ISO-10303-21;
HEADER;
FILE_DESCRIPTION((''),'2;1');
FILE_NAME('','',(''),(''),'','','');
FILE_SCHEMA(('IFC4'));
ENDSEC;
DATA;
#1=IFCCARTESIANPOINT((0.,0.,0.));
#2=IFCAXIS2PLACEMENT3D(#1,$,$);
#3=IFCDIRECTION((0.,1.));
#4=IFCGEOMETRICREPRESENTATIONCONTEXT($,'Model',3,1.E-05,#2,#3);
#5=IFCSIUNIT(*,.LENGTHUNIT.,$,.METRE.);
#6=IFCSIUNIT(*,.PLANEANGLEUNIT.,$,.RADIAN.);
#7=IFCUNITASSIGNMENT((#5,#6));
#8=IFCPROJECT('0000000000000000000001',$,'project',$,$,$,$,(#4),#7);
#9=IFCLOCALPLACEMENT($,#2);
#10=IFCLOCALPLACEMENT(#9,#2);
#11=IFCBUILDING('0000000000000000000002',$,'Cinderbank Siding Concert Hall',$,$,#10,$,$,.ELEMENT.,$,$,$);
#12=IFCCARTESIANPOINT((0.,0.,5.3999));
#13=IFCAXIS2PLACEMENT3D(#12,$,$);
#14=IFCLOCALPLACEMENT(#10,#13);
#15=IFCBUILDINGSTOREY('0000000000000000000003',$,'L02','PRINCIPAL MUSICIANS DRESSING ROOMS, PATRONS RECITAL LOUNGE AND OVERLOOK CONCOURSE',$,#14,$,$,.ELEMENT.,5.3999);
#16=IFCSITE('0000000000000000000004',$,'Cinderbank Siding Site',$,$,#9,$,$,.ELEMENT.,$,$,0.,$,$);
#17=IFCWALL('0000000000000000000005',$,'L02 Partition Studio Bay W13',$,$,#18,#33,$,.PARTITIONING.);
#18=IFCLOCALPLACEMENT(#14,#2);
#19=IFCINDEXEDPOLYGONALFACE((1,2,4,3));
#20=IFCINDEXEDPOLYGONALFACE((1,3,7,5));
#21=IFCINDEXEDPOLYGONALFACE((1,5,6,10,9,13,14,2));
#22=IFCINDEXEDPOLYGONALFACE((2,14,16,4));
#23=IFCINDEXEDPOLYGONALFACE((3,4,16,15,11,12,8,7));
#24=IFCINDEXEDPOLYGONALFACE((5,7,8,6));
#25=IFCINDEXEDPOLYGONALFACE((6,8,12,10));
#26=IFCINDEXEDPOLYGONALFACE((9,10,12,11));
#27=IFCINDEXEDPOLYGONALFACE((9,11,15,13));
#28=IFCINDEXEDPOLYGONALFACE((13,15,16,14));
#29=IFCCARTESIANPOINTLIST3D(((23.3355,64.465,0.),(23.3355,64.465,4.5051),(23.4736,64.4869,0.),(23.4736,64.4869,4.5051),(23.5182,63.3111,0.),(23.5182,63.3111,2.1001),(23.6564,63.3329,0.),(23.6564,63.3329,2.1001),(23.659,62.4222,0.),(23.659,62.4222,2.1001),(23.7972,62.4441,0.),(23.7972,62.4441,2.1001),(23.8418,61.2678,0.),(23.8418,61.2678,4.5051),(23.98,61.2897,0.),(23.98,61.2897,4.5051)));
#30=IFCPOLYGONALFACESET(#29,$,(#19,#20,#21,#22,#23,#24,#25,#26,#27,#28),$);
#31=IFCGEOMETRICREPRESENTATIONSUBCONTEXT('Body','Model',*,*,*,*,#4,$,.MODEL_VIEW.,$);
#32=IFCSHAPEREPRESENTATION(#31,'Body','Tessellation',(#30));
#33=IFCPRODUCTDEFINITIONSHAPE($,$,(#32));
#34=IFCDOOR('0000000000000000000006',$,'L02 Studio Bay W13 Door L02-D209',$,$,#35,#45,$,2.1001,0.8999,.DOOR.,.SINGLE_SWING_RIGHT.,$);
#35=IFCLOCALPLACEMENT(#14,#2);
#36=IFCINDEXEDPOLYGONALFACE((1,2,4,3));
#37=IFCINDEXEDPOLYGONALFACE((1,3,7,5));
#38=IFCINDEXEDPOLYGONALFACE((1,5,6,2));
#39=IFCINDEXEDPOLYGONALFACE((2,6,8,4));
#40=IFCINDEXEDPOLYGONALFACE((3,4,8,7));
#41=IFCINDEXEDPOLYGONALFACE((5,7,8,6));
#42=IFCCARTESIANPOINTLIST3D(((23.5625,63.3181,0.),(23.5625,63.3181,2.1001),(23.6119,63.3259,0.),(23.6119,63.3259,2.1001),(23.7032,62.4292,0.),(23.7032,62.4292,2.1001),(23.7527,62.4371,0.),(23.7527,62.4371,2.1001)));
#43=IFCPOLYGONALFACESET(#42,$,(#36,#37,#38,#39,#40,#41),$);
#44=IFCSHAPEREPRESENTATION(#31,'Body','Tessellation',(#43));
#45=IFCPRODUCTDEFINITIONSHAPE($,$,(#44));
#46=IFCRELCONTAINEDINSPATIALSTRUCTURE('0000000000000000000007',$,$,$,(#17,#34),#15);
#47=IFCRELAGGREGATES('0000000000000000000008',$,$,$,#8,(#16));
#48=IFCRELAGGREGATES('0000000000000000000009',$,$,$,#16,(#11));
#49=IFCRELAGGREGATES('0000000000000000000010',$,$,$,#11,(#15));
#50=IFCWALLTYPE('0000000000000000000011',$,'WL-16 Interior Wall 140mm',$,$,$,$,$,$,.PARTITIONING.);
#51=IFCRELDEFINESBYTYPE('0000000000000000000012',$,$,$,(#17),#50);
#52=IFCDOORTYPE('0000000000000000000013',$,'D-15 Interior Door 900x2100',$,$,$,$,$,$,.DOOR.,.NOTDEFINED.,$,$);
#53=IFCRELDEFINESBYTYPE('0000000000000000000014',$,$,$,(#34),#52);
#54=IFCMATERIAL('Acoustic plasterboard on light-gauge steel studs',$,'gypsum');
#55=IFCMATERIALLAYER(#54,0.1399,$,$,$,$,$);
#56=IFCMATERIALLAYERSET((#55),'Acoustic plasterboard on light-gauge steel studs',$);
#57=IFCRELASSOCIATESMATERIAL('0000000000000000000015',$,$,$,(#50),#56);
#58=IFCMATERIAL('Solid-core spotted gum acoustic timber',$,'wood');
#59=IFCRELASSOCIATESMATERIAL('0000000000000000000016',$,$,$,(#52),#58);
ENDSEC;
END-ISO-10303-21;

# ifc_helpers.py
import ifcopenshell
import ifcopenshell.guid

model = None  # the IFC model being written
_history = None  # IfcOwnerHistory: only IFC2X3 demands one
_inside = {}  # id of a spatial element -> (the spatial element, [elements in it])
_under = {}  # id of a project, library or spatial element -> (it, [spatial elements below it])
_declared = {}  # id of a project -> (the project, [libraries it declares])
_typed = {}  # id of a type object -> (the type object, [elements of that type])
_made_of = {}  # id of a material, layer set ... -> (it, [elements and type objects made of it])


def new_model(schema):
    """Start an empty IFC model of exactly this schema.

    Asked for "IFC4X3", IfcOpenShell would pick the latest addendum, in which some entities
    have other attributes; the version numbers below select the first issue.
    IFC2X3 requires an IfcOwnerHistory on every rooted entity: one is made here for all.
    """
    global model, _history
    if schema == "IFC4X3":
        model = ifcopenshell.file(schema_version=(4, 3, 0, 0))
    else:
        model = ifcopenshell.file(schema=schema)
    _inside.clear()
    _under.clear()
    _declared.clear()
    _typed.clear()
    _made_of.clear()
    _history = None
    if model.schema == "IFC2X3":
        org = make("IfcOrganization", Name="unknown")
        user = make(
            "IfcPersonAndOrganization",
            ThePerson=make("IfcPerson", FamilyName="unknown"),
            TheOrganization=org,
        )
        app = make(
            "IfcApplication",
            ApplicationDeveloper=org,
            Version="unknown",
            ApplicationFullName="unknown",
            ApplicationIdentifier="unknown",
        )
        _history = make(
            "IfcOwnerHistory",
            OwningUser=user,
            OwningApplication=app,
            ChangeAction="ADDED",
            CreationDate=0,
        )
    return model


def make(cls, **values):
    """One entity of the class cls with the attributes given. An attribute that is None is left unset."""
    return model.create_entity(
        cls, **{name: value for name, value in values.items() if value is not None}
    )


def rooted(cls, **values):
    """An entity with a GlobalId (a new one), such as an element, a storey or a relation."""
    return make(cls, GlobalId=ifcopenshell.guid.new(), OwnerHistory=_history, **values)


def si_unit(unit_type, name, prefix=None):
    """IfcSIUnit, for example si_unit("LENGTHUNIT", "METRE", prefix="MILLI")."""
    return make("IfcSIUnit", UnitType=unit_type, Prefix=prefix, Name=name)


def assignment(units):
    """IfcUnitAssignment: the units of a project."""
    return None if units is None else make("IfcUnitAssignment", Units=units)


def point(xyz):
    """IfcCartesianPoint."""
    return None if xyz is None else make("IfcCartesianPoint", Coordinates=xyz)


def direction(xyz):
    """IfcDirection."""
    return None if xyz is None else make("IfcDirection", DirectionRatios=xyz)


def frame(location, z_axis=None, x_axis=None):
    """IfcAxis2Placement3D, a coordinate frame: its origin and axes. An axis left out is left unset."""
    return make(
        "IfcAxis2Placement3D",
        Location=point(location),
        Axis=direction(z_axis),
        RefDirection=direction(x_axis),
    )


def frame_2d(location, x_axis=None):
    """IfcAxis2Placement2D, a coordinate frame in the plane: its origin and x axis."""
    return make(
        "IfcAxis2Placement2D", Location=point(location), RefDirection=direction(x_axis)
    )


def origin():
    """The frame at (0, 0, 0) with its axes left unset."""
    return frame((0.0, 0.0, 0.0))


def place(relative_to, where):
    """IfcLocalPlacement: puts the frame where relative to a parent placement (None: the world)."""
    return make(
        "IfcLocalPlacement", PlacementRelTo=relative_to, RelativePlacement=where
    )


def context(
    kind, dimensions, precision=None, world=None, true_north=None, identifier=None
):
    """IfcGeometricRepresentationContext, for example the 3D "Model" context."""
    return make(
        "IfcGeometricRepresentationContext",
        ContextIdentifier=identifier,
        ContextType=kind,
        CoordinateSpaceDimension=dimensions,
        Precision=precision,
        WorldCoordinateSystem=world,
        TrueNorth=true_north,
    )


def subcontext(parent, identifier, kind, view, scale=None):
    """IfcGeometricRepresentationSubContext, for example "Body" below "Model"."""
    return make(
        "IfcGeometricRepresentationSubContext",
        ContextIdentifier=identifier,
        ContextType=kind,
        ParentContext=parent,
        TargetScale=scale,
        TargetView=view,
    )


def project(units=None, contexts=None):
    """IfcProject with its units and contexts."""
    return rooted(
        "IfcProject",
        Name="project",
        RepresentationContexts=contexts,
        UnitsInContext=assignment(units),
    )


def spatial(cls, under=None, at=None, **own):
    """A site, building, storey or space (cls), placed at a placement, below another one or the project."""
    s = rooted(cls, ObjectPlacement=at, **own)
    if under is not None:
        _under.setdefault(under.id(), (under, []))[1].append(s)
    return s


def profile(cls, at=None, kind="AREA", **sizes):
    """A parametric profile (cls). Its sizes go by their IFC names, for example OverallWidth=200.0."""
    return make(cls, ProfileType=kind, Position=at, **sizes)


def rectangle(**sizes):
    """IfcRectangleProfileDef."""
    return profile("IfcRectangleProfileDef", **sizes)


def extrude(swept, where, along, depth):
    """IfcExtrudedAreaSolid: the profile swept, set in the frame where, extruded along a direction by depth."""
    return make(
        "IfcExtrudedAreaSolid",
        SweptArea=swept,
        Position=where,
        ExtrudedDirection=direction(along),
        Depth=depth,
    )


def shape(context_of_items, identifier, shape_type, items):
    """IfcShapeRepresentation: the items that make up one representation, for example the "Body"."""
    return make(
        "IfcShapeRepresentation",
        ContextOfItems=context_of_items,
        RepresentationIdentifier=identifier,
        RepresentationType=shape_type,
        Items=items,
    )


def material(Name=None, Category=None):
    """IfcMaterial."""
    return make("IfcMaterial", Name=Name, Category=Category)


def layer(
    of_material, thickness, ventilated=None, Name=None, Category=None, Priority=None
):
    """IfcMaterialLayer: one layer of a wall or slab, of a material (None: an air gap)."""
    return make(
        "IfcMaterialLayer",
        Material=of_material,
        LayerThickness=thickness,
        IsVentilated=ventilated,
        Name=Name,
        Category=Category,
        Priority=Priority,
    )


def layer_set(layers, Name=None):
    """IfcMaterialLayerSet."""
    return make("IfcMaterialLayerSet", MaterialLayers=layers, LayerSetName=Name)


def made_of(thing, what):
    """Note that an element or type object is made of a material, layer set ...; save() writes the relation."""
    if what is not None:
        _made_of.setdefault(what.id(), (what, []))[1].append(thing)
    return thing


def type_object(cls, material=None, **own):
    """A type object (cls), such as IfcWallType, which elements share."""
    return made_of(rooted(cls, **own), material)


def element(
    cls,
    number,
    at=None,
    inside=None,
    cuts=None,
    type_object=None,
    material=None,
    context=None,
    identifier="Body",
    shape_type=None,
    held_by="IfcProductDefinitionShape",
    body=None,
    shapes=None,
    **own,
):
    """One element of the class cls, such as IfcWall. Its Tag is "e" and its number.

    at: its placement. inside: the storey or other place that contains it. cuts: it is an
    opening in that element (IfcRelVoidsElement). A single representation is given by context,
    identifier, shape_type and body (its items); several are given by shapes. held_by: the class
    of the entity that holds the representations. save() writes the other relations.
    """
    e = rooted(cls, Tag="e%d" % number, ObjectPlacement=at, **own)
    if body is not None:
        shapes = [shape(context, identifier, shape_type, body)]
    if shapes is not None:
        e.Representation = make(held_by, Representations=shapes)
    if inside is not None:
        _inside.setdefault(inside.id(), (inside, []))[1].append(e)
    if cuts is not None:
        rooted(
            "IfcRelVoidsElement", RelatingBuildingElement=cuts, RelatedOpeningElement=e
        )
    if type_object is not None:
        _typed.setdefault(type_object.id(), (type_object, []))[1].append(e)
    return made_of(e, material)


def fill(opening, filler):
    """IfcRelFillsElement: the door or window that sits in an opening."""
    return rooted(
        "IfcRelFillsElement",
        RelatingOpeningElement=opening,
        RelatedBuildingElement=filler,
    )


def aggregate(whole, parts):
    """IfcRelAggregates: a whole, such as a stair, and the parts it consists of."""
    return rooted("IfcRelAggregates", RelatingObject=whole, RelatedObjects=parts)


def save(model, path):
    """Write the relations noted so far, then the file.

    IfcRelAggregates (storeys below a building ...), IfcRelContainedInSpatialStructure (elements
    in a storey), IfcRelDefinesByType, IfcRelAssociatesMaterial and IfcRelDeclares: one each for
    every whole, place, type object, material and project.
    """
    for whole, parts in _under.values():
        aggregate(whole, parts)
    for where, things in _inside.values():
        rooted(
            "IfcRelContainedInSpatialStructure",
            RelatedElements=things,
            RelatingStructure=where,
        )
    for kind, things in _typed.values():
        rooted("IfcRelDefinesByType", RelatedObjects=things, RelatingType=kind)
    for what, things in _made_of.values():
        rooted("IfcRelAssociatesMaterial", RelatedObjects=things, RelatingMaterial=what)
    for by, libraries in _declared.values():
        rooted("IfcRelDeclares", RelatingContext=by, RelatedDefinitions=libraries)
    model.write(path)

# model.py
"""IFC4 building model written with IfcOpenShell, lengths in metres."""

from ifc_helpers import new_model, si_unit, direction, frame, frame_2d, origin, place, context, subcontext, project, spatial, rectangle, extrude, material, layer, layer_set, type_object, element, fill, save


model = new_model("IFC4")

# Units and contexts
model_context = context("Model", 3, precision=1e-05, world=origin(), true_north=direction((0.0, 1.0)))
body_context = subcontext(model_context, "Body", "Model", "MODEL_VIEW")
ifc_project = project(units=[si_unit("LENGTHUNIT", "METRE"), si_unit("PLANEANGLEUNIT", "RADIAN")], contexts=[model_context])

# Site, building, storey
site_placement = place(None, origin())
site = spatial("IfcSite", under=ifc_project, at=site_placement, Name="Cinderbank Siding Site", CompositionType="ELEMENT", RefElevation=0.0)
building_placement = place(site_placement, origin())
building = spatial("IfcBuilding", under=site, at=building_placement, Name="Cinderbank Siding Concert Hall", CompositionType="ELEMENT")
storey_placement = place(building_placement, frame((0.0, 0.0, 5.3999)))
storey = spatial("IfcBuildingStorey", under=building, at=storey_placement, Name="L02", Description="PRINCIPAL MUSICIANS DRESSING ROOMS, PATRONS RECITAL LOUNGE AND OVERLOOK CONCOURSE", CompositionType="ELEMENT", Elevation=5.3999)

# Shared definitions
ifc_material_1 = material(Name="Acoustic plasterboard on light-gauge steel studs", Category="gypsum")

# Wall, opening, door
ifc_material_2 = material(Name="Solid-core spotted gum acoustic timber", Category="wood")
ifc_layer_1 = layer(ifc_material_1, 0.1399)
ifc_layer_set_1 = layer_set([ifc_layer_1], Name="Acoustic plasterboard on light-gauge steel studs")
wall_type_1 = type_object("IfcWallType", Name="WL-16 Interior Wall 140mm", PredefinedType="PARTITIONING", material=ifc_layer_set_1)
wall_1_placement = place(storey_placement, frame((23.4045, 64.4761, 0.0), z_axis=(0.0, 0.0, 1.0), x_axis=(0.15642, -0.987691, 0.0)))
wall_1 = element("IfcWall", 1, at=wall_1_placement, inside=storey, type_object=wall_type_1, Name="L02 Partition Studio Bay W13", PredefinedType="PARTITIONING", context=body_context, shape_type="SweptSolid", body=[
    extrude(rectangle(XDim=3.2371, YDim=0.1399, at=frame_2d((1.6187, 0.0))), origin(), (0.0, 0.0, 1.0), 4.5051),
])
opening_1_placement = place(wall_1_placement, frame((1.1685, 0.0, 0.0)))
opening_1 = element("IfcOpeningElement", 2, at=opening_1_placement, cuts=wall_1, PredefinedType="OPENING", context=body_context, shape_type="SweptSolid", body=[
    extrude(rectangle(XDim=0.8999, YDim=2.1001, at=frame_2d((0.45, 1.05))), frame((0.0, 0.082, 0.0), z_axis=(0.0, -1.0, 0.0), x_axis=(1.0, 0.0, 0.0)), (0.0, 0.0, 1.0), 0.1638),
])
door_type_1 = type_object("IfcDoorType", Name="D-15 Interior Door 900x2100", OperationType="NOTDEFINED", PredefinedType="DOOR", material=ifc_material_2)
door_1_placement = place(opening_1_placement, origin())
door_1 = element("IfcDoor", 3, at=door_1_placement, inside=storey, type_object=door_type_1, Name="L02 Studio Bay W13 Door L02-D209", OperationType="SINGLE_SWING_RIGHT", OverallHeight=2.1001, OverallWidth=0.8999, PredefinedType="DOOR", context=body_context, shape_type="SweptSolid", body=[
    extrude(rectangle(XDim=0.8999, YDim=2.1001, at=frame_2d((0.45, 1.05))), frame((0.0, 0.0249, 0.0), z_axis=(0.0, -1.0, 0.0), x_axis=(1.0, 0.0, 0.0)), (0.0, 0.0, 1.0), 0.05),
])
fill(opening_1, door_1)

save(model, "model.ifc")
